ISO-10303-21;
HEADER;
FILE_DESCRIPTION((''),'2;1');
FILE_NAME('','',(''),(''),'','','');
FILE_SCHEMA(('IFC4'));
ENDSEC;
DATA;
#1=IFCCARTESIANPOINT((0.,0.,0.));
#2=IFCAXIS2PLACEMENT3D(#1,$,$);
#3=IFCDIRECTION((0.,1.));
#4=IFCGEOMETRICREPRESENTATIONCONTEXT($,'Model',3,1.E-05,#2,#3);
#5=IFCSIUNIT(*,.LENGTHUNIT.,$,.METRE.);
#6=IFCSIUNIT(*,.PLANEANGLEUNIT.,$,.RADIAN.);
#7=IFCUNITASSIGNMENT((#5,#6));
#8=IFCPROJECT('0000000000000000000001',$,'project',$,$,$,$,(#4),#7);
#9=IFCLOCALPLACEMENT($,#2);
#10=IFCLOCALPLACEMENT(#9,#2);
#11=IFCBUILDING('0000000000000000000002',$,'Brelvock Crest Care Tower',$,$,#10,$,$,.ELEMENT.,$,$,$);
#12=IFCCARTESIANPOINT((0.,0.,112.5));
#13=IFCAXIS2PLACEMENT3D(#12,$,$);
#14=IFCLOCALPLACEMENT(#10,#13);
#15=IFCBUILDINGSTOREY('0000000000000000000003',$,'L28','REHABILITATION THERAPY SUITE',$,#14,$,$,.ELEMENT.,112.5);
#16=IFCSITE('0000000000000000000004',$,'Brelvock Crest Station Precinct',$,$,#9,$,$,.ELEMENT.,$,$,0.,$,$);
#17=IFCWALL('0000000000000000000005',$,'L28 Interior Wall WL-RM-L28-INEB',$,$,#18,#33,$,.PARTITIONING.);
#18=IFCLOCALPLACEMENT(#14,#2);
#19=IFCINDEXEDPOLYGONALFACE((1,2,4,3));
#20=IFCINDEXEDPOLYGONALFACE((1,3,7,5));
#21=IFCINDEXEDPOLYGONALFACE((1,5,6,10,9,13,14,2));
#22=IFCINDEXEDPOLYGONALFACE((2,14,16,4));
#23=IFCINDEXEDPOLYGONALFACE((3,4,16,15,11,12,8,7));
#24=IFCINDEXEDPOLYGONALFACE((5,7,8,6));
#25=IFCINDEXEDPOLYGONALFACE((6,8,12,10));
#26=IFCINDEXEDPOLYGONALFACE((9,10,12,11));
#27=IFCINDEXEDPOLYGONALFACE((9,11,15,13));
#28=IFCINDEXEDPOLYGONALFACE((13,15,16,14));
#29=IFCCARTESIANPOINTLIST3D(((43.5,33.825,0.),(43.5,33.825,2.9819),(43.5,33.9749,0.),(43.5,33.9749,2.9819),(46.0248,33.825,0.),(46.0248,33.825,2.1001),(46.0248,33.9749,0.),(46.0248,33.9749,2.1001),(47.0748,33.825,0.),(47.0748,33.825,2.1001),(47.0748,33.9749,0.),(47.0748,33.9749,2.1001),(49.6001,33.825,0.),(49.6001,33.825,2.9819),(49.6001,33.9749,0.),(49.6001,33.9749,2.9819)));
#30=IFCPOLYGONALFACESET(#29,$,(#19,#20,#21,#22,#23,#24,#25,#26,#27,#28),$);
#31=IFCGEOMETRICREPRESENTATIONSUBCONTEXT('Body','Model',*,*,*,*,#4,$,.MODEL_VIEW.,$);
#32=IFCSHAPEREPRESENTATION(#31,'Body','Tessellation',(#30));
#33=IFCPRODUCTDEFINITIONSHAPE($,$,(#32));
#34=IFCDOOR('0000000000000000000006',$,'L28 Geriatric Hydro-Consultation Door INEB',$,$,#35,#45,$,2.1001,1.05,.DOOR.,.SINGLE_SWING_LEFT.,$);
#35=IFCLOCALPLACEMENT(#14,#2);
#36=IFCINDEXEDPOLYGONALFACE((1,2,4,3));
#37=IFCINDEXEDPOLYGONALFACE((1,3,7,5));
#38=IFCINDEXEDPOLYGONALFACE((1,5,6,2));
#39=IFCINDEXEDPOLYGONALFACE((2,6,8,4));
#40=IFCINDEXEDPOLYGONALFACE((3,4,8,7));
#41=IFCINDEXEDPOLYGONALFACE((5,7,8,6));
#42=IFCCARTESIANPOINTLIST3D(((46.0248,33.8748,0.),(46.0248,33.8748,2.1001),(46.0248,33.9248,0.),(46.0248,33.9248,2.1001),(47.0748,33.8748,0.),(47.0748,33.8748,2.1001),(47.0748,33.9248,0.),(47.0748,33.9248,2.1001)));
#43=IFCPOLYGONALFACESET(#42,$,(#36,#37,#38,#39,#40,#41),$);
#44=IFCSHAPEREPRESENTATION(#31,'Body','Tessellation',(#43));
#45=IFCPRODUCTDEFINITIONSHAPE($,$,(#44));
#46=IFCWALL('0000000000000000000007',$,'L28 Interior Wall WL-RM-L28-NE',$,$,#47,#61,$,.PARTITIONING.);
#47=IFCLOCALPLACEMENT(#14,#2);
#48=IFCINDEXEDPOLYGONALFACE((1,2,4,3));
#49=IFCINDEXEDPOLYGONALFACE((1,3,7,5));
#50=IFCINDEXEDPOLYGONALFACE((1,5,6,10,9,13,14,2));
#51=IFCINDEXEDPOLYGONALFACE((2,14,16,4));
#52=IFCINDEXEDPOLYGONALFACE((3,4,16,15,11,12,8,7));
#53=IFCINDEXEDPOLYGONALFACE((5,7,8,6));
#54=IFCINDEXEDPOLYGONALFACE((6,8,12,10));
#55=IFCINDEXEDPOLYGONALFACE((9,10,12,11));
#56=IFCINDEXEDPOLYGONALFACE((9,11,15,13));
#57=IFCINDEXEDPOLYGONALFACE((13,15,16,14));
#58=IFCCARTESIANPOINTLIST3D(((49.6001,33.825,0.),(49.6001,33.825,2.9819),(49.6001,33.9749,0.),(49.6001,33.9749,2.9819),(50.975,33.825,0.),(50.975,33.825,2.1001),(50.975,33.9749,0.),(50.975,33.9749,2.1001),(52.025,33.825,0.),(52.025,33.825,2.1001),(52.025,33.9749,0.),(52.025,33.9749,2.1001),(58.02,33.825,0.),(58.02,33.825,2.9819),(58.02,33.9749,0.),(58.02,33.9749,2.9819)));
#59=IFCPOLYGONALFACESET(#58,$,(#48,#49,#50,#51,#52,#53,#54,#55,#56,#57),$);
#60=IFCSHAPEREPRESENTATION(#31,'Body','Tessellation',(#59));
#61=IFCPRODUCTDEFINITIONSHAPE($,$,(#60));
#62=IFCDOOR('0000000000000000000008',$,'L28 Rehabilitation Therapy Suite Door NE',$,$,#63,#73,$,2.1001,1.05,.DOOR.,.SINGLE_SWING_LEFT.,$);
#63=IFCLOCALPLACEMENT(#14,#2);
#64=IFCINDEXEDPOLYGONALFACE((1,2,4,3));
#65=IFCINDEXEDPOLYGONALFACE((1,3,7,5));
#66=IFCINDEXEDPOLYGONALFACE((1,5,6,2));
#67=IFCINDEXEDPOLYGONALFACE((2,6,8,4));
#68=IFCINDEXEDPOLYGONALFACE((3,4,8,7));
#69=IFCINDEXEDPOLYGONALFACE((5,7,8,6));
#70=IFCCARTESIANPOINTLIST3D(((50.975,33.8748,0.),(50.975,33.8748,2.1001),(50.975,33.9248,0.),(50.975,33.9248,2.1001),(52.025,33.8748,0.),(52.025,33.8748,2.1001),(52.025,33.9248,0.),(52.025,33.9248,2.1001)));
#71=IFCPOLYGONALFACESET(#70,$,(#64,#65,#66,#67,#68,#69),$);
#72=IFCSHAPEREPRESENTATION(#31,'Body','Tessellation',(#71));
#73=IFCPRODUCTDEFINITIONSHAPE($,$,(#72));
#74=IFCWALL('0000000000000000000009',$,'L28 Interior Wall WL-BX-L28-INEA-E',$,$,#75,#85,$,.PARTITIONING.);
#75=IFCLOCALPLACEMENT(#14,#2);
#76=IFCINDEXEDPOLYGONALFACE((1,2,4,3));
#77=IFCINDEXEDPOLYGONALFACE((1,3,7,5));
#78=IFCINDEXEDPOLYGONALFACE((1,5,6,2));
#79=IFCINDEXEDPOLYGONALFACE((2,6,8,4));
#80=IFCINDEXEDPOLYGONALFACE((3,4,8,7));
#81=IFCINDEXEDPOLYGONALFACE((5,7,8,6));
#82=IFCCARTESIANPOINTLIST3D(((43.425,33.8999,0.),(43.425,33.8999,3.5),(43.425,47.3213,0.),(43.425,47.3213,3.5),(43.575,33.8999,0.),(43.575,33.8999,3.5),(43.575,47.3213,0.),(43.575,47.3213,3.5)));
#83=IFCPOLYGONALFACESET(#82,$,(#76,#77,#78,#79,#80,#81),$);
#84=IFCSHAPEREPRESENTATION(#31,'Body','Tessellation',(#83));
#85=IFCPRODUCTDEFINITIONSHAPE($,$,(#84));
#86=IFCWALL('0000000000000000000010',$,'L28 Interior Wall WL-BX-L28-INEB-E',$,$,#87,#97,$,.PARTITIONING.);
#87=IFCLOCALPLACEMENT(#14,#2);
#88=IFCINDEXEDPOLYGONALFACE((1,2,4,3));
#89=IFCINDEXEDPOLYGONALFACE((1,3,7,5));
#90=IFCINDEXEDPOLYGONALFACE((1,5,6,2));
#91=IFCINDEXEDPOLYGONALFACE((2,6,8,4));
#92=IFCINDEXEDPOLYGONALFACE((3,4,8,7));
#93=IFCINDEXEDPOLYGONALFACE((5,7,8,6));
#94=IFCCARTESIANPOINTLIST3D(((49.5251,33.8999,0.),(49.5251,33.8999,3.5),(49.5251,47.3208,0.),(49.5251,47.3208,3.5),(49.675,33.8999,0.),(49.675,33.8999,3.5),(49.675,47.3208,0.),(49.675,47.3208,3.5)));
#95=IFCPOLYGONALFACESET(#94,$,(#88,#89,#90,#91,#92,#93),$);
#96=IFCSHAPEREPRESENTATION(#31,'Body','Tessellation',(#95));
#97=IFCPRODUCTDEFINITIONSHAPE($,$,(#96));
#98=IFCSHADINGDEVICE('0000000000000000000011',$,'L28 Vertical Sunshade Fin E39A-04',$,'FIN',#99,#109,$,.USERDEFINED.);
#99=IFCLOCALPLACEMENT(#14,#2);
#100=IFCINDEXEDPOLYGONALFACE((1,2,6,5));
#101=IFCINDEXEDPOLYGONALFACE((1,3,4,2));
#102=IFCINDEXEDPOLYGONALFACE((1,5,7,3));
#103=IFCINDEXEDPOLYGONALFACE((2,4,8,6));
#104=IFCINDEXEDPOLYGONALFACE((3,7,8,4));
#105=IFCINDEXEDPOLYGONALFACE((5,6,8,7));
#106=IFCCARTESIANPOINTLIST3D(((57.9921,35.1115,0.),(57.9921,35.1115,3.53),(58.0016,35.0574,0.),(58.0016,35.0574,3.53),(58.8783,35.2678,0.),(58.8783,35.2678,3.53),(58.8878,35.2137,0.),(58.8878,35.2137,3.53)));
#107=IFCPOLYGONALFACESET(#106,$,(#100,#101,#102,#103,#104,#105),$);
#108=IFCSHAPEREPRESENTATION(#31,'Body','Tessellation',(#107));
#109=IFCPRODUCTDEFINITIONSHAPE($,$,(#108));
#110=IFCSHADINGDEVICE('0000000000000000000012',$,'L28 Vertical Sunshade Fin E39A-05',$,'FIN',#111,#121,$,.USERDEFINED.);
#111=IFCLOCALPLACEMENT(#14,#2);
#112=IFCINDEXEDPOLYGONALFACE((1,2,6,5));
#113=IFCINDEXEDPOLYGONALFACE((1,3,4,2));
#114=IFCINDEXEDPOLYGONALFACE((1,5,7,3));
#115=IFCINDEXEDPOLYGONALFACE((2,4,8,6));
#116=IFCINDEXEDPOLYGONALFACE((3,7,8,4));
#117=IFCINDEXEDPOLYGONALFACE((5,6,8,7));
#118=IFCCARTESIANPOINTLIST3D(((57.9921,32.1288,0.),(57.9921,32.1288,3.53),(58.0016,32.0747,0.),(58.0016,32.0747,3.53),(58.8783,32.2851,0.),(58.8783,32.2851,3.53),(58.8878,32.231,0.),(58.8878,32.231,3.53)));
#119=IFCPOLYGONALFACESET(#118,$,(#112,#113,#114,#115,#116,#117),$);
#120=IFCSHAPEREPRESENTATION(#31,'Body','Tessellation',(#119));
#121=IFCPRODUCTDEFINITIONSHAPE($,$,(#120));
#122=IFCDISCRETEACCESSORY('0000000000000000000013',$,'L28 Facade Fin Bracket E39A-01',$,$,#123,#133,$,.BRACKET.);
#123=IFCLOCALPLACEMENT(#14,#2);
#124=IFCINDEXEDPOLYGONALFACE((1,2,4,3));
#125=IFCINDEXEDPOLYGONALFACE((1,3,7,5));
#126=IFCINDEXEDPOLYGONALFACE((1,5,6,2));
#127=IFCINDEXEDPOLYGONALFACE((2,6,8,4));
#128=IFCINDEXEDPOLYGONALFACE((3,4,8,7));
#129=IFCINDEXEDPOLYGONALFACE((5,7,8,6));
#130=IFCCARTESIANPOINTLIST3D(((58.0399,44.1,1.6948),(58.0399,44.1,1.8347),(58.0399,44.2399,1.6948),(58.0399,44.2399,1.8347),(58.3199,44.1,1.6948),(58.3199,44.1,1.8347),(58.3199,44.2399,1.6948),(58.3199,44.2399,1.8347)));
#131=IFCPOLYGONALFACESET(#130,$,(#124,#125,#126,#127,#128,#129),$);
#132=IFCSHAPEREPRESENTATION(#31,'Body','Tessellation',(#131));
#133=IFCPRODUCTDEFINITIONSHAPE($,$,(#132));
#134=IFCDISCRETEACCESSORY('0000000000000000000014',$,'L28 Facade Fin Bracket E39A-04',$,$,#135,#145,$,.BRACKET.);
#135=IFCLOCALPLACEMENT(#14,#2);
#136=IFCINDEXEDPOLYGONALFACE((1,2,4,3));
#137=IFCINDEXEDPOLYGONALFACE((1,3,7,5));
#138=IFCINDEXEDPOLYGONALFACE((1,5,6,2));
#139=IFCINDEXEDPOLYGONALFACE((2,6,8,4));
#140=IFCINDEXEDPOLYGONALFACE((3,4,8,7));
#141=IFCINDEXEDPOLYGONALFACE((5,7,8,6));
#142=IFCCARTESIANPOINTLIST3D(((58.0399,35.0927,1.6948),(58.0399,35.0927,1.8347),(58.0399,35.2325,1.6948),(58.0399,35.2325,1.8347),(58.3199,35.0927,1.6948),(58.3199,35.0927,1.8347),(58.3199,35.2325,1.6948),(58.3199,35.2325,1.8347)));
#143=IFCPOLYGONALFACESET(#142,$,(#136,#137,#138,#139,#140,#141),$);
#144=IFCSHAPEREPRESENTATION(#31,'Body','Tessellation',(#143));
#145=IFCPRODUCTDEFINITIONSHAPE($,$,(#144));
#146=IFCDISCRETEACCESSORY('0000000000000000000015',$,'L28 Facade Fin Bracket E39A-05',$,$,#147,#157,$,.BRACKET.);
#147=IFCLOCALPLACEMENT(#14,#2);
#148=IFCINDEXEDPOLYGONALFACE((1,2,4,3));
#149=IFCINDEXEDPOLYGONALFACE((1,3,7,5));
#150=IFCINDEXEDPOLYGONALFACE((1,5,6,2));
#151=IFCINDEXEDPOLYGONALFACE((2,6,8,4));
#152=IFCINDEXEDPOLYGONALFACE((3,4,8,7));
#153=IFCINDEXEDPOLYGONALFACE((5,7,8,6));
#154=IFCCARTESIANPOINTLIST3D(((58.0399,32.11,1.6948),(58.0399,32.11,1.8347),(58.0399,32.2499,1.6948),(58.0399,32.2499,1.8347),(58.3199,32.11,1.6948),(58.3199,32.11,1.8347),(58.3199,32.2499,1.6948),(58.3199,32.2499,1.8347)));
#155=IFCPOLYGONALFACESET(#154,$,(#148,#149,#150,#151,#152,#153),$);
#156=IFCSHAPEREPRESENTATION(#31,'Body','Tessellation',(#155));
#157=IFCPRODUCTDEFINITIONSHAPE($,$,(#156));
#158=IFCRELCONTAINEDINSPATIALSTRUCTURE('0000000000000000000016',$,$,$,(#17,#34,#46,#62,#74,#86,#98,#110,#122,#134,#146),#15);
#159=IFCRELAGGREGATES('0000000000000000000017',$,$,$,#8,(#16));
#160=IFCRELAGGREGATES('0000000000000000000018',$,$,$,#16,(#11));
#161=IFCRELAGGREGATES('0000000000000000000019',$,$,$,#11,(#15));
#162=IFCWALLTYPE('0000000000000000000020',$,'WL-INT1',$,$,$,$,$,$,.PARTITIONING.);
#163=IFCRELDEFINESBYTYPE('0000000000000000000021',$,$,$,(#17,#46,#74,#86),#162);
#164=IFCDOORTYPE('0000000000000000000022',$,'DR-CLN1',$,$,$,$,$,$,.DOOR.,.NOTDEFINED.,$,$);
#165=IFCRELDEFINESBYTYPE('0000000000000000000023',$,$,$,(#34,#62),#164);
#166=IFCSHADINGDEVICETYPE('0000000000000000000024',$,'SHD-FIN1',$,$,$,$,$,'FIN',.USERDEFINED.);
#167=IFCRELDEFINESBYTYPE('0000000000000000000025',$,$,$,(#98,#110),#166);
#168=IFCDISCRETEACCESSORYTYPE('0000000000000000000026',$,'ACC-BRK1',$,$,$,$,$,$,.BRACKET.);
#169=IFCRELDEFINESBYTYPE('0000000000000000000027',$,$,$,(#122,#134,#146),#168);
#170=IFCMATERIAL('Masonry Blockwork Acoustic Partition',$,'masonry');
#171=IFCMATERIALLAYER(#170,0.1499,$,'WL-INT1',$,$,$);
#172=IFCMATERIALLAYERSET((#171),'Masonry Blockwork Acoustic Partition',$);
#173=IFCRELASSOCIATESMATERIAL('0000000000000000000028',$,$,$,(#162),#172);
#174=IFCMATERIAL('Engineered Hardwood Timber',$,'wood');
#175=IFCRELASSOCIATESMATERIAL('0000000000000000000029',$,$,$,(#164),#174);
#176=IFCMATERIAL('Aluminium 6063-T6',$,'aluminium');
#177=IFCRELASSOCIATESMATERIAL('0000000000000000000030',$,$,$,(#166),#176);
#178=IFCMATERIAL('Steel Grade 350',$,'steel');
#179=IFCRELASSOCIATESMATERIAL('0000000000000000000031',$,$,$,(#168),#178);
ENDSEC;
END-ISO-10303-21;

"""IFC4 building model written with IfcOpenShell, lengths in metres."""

from ifc_helpers import new_model, si_unit, direction, frame, frame_2d, origin, origin_2d, place, context, subcontext, project, spatial, rectangle, extrude, source, transform, mapped, material, layer, layer_set, material_profile, profile_set, type_object, element, fill, save


model = new_model("IFC4")

# Units and contexts
model_context = context("Model", 3, precision=1e-05, world=origin(), true_north=direction((0.0, 1.0)))
body_context = subcontext(model_context, "Body", "Model", "MODEL_VIEW")
ifc_project = project(units=[si_unit("LENGTHUNIT", "METRE"), si_unit("PLANEANGLEUNIT", "RADIAN")], contexts=[model_context])

# Site, building, storey
site_placement = place(None, origin())
site = spatial("IfcSite", under=ifc_project, at=site_placement, Name="Brelvock Crest Station Precinct", CompositionType="ELEMENT", RefElevation=0.0)
building_placement = place(site_placement, origin())
building = spatial("IfcBuilding", under=site, at=building_placement, Name="Brelvock Crest Care Tower", CompositionType="ELEMENT")
storey_placement = place(building_placement, frame((0.0, 0.0, 112.5)))
storey = spatial("IfcBuildingStorey", under=building, at=storey_placement, Name="L28", Description="REHABILITATION THERAPY SUITE", CompositionType="ELEMENT", Elevation=112.5)

# Shared definitions
ifc_material_1 = material(Name="Steel Grade 350", Category="steel")

# Shared definitions
ifc_material_2 = material(Name="Aluminium 6063-T6", Category="aluminium")

# Walls, openings, doors
ifc_material_3 = material(Name="Masonry Blockwork Acoustic Partition", Category="masonry")
ifc_layer_1 = layer(ifc_material_3, 0.1499, Name="WL-INT1")
ifc_layer_set_1 = layer_set([ifc_layer_1], Name="Masonry Blockwork Acoustic Partition")
wall_type_1 = type_object("IfcWallType", Name="WL-INT1", PredefinedType="PARTITIONING", material=ifc_layer_set_1)
ifc_material_4 = material(Name="Engineered Hardwood Timber", Category="wood")
door_type_1 = type_object("IfcDoorType", Name="DR-CLN1", OperationType="NOTDEFINED", PredefinedType="DOOR", material=ifc_material_4)
shared_shape_1 = source(origin(), body_context, "Body", "SweptSolid", [
    extrude(rectangle(XDim=1.05, YDim=2.1001, at=origin_2d()), frame((0.5249, 0.0249, 1.05), z_axis=(0.0, -1.0, 0.0), x_axis=(1.0, 0.0, 0.0)), (0.0, 0.0, 1.0), 0.05),
])
wall_1_placement = place(storey_placement, frame((43.5, 33.8999, 0.0), z_axis=(0.0, 0.0, 1.0), x_axis=(1.0, 0.0, 0.0)))
wall_1 = element("IfcWall", 1, at=wall_1_placement, inside=storey, type_object=wall_type_1, Name="L28 Interior Wall WL-RM-L28-INEB", PredefinedType="PARTITIONING", context=body_context, shape_type="SweptSolid", body=[
    extrude(rectangle(XDim=6.1001, YDim=0.1499, at=frame_2d((3.05, 0.0))), origin(), (0.0, 0.0, 1.0), 2.9819),
])
opening_1_placement = place(wall_1_placement, frame((2.5249, 0.0, 0.0)))
opening_1 = element("IfcOpeningElement", 2, at=opening_1_placement, cuts=wall_1, PredefinedType="OPENING", context=body_context, shape_type="SweptSolid", body=[
    extrude(rectangle(XDim=1.05, YDim=2.1001, at=origin_2d()), frame((0.5249, 0.085, 1.05), z_axis=(0.0, -1.0, 0.0), x_axis=(1.0, 0.0, 0.0)), (0.0, 0.0, 1.0), 0.1699),
])
door_1_placement = place(opening_1_placement, origin())
door_1 = element("IfcDoor", 3, at=door_1_placement, inside=storey, type_object=door_type_1, Name="L28 Geriatric Hydro-Consultation Door INEB", OperationType="SINGLE_SWING_LEFT", OverallHeight=2.1001, OverallWidth=1.05, PredefinedType="DOOR", context=body_context, shape_type="MappedRepresentation", body=[
    mapped(shared_shape_1, transform((0.0, 0.0, 0.0), x_axis=(1.0, 0.0, 0.0), y_axis=(0.0, 1.0, 0.0), z_axis=(0.0, 0.0, 1.0), scale=1.0)),
])
fill(opening_1, door_1)
wall_2_placement = place(storey_placement, frame((49.6001, 33.8999, 0.0), z_axis=(0.0, 0.0, 1.0), x_axis=(1.0, 0.0, 0.0)))
wall_2 = element("IfcWall", 4, at=wall_2_placement, inside=storey, type_object=wall_type_1, Name="L28 Interior Wall WL-RM-L28-NE", PredefinedType="PARTITIONING", context=body_context, shape_type="SweptSolid", body=[
    extrude(rectangle(XDim=8.4199, YDim=0.1499, at=frame_2d((4.21, 0.0))), origin(), (0.0, 0.0, 1.0), 2.9819),
])
opening_2_placement = place(wall_2_placement, frame((1.375, 0.0, 0.0)))
opening_2 = element("IfcOpeningElement", 5, at=opening_2_placement, cuts=wall_2, PredefinedType="OPENING", context=body_context, shape_type="SweptSolid", body=[
    extrude(rectangle(XDim=1.05, YDim=2.1001, at=origin_2d()), frame((0.5249, 0.085, 1.05), z_axis=(0.0, -1.0, 0.0), x_axis=(1.0, 0.0, 0.0)), (0.0, 0.0, 1.0), 0.1699),
])
door_2_placement = place(opening_2_placement, origin())
door_2 = element("IfcDoor", 6, at=door_2_placement, inside=storey, type_object=door_type_1, Name="L28 Rehabilitation Therapy Suite Door NE", OperationType="SINGLE_SWING_LEFT", OverallHeight=2.1001, OverallWidth=1.05, PredefinedType="DOOR", context=body_context, shape_type="MappedRepresentation", body=[
    mapped(shared_shape_1, transform((0.0, 0.0, 0.0), x_axis=(1.0, 0.0, 0.0), y_axis=(0.0, 1.0, 0.0), z_axis=(0.0, 0.0, 1.0), scale=1.0)),
])
fill(opening_2, door_2)

# Walls
wall_3_placement = place(storey_placement, frame((43.5, 33.8999, 0.0), z_axis=(0.0, 0.0, 1.0), x_axis=(0.0, 1.0, 0.0)))
element("IfcWall", 7, at=wall_3_placement, inside=storey, type_object=wall_type_1, Name="L28 Interior Wall WL-BX-L28-INEA-E", PredefinedType="PARTITIONING", context=body_context, shape_type="SweptSolid", body=[
    extrude(rectangle(XDim=13.4214, YDim=0.1499, at=frame_2d((6.7107, 0.0))), origin(), (0.0, 0.0, 1.0), 3.5),
])
wall_4_placement = place(storey_placement, frame((49.6001, 33.8999, 0.0), z_axis=(0.0, 0.0, 1.0), x_axis=(0.0, 1.0, 0.0)))
element("IfcWall", 8, at=wall_4_placement, inside=storey, type_object=wall_type_1, Name="L28 Interior Wall WL-BX-L28-INEB-E", PredefinedType="PARTITIONING", context=body_context, shape_type="SweptSolid", body=[
    extrude(rectangle(XDim=13.4209, YDim=0.1499, at=frame_2d((6.7104, 0.0))), origin(), (0.0, 0.0, 1.0), 3.5),
])

# Shading devices
ifc_material_profile_1 = material_profile(ifc_material_2, rectangle(XDim=0.0549, YDim=0.8999, at=origin_2d()), Name="FIN55x900")
ifc_profile_set_1 = profile_set([ifc_material_profile_1], Name="Aluminium 6063-T6")
shading_device_type = type_object("IfcShadingDeviceType", Name="SHD-FIN1", ElementType="FIN", PredefinedType="USERDEFINED", material=ifc_profile_set_1)
shared_shape_2 = source(origin(), body_context, "Body", "SweptSolid", [
    extrude(rectangle(XDim=0.0549, YDim=0.8999, at=origin_2d()), origin(), (0.0, 0.0, 1.0), 3.53),
])
for number, where, z_axis, x_axis, name in (
    (9, (58.4399, 35.1626, 0.0), (0.0, 0.0, 1.0), (0.173648, -0.984808, 0.0), "L28 Vertical Sunshade Fin E39A-04"),
    (10, (58.4399, 32.1799, 0.0), (0.0, 0.0, 1.0), (0.173648, -0.984808, 0.0), "L28 Vertical Sunshade Fin E39A-05"),
):
    element("IfcShadingDevice", number, at=place(storey_placement, frame(where, z_axis=z_axis, x_axis=x_axis)), inside=storey, type_object=shading_device_type, Name=name, ObjectType="FIN", PredefinedType="USERDEFINED", context=body_context, shape_type="MappedRepresentation", body=[
        mapped(shared_shape_2, transform((0.0, 0.0, 0.0), x_axis=(1.0, 0.0, 0.0), y_axis=(0.0, 1.0, 0.0), z_axis=(0.0, 0.0, 1.0), scale=1.0)),
    ])

# Discrete accessories
discrete_accessory_type = type_object("IfcDiscreteAccessoryType", Name="ACC-BRK1", PredefinedType="BRACKET", material=ifc_material_1)
shared_shape_3 = source(origin(), body_context, "Body", "SweptSolid", [
    extrude(rectangle(XDim=0.28, YDim=0.1399, at=origin_2d()), origin(), (0.0, 0.0, 1.0), 0.1399),
])
for number, where, z_axis, x_axis, name in (
    (11, (58.1799, 44.1699, 1.6948), (0.0, 0.0, 1.0), (1.0, 0.0, 0.0), "L28 Facade Fin Bracket E39A-01"),
    (12, (58.1799, 35.1626, 1.6948), (0.0, 0.0, 1.0), (1.0, 0.0, 0.0), "L28 Facade Fin Bracket E39A-04"),
    (13, (58.1799, 32.1799, 1.6948), (0.0, 0.0, 1.0), (1.0, 0.0, 0.0), "L28 Facade Fin Bracket E39A-05"),
):
    element("IfcDiscreteAccessory", number, at=place(storey_placement, frame(where, z_axis=z_axis, x_axis=x_axis)), inside=storey, type_object=discrete_accessory_type, Name=name, PredefinedType="BRACKET", context=body_context, shape_type="MappedRepresentation", body=[
        mapped(shared_shape_3, transform((0.0, 0.0, 0.0), x_axis=(1.0, 0.0, 0.0), y_axis=(0.0, 1.0, 0.0), z_axis=(0.0, 0.0, 1.0), scale=1.0)),
    ])

save(model, "model.ifc")
